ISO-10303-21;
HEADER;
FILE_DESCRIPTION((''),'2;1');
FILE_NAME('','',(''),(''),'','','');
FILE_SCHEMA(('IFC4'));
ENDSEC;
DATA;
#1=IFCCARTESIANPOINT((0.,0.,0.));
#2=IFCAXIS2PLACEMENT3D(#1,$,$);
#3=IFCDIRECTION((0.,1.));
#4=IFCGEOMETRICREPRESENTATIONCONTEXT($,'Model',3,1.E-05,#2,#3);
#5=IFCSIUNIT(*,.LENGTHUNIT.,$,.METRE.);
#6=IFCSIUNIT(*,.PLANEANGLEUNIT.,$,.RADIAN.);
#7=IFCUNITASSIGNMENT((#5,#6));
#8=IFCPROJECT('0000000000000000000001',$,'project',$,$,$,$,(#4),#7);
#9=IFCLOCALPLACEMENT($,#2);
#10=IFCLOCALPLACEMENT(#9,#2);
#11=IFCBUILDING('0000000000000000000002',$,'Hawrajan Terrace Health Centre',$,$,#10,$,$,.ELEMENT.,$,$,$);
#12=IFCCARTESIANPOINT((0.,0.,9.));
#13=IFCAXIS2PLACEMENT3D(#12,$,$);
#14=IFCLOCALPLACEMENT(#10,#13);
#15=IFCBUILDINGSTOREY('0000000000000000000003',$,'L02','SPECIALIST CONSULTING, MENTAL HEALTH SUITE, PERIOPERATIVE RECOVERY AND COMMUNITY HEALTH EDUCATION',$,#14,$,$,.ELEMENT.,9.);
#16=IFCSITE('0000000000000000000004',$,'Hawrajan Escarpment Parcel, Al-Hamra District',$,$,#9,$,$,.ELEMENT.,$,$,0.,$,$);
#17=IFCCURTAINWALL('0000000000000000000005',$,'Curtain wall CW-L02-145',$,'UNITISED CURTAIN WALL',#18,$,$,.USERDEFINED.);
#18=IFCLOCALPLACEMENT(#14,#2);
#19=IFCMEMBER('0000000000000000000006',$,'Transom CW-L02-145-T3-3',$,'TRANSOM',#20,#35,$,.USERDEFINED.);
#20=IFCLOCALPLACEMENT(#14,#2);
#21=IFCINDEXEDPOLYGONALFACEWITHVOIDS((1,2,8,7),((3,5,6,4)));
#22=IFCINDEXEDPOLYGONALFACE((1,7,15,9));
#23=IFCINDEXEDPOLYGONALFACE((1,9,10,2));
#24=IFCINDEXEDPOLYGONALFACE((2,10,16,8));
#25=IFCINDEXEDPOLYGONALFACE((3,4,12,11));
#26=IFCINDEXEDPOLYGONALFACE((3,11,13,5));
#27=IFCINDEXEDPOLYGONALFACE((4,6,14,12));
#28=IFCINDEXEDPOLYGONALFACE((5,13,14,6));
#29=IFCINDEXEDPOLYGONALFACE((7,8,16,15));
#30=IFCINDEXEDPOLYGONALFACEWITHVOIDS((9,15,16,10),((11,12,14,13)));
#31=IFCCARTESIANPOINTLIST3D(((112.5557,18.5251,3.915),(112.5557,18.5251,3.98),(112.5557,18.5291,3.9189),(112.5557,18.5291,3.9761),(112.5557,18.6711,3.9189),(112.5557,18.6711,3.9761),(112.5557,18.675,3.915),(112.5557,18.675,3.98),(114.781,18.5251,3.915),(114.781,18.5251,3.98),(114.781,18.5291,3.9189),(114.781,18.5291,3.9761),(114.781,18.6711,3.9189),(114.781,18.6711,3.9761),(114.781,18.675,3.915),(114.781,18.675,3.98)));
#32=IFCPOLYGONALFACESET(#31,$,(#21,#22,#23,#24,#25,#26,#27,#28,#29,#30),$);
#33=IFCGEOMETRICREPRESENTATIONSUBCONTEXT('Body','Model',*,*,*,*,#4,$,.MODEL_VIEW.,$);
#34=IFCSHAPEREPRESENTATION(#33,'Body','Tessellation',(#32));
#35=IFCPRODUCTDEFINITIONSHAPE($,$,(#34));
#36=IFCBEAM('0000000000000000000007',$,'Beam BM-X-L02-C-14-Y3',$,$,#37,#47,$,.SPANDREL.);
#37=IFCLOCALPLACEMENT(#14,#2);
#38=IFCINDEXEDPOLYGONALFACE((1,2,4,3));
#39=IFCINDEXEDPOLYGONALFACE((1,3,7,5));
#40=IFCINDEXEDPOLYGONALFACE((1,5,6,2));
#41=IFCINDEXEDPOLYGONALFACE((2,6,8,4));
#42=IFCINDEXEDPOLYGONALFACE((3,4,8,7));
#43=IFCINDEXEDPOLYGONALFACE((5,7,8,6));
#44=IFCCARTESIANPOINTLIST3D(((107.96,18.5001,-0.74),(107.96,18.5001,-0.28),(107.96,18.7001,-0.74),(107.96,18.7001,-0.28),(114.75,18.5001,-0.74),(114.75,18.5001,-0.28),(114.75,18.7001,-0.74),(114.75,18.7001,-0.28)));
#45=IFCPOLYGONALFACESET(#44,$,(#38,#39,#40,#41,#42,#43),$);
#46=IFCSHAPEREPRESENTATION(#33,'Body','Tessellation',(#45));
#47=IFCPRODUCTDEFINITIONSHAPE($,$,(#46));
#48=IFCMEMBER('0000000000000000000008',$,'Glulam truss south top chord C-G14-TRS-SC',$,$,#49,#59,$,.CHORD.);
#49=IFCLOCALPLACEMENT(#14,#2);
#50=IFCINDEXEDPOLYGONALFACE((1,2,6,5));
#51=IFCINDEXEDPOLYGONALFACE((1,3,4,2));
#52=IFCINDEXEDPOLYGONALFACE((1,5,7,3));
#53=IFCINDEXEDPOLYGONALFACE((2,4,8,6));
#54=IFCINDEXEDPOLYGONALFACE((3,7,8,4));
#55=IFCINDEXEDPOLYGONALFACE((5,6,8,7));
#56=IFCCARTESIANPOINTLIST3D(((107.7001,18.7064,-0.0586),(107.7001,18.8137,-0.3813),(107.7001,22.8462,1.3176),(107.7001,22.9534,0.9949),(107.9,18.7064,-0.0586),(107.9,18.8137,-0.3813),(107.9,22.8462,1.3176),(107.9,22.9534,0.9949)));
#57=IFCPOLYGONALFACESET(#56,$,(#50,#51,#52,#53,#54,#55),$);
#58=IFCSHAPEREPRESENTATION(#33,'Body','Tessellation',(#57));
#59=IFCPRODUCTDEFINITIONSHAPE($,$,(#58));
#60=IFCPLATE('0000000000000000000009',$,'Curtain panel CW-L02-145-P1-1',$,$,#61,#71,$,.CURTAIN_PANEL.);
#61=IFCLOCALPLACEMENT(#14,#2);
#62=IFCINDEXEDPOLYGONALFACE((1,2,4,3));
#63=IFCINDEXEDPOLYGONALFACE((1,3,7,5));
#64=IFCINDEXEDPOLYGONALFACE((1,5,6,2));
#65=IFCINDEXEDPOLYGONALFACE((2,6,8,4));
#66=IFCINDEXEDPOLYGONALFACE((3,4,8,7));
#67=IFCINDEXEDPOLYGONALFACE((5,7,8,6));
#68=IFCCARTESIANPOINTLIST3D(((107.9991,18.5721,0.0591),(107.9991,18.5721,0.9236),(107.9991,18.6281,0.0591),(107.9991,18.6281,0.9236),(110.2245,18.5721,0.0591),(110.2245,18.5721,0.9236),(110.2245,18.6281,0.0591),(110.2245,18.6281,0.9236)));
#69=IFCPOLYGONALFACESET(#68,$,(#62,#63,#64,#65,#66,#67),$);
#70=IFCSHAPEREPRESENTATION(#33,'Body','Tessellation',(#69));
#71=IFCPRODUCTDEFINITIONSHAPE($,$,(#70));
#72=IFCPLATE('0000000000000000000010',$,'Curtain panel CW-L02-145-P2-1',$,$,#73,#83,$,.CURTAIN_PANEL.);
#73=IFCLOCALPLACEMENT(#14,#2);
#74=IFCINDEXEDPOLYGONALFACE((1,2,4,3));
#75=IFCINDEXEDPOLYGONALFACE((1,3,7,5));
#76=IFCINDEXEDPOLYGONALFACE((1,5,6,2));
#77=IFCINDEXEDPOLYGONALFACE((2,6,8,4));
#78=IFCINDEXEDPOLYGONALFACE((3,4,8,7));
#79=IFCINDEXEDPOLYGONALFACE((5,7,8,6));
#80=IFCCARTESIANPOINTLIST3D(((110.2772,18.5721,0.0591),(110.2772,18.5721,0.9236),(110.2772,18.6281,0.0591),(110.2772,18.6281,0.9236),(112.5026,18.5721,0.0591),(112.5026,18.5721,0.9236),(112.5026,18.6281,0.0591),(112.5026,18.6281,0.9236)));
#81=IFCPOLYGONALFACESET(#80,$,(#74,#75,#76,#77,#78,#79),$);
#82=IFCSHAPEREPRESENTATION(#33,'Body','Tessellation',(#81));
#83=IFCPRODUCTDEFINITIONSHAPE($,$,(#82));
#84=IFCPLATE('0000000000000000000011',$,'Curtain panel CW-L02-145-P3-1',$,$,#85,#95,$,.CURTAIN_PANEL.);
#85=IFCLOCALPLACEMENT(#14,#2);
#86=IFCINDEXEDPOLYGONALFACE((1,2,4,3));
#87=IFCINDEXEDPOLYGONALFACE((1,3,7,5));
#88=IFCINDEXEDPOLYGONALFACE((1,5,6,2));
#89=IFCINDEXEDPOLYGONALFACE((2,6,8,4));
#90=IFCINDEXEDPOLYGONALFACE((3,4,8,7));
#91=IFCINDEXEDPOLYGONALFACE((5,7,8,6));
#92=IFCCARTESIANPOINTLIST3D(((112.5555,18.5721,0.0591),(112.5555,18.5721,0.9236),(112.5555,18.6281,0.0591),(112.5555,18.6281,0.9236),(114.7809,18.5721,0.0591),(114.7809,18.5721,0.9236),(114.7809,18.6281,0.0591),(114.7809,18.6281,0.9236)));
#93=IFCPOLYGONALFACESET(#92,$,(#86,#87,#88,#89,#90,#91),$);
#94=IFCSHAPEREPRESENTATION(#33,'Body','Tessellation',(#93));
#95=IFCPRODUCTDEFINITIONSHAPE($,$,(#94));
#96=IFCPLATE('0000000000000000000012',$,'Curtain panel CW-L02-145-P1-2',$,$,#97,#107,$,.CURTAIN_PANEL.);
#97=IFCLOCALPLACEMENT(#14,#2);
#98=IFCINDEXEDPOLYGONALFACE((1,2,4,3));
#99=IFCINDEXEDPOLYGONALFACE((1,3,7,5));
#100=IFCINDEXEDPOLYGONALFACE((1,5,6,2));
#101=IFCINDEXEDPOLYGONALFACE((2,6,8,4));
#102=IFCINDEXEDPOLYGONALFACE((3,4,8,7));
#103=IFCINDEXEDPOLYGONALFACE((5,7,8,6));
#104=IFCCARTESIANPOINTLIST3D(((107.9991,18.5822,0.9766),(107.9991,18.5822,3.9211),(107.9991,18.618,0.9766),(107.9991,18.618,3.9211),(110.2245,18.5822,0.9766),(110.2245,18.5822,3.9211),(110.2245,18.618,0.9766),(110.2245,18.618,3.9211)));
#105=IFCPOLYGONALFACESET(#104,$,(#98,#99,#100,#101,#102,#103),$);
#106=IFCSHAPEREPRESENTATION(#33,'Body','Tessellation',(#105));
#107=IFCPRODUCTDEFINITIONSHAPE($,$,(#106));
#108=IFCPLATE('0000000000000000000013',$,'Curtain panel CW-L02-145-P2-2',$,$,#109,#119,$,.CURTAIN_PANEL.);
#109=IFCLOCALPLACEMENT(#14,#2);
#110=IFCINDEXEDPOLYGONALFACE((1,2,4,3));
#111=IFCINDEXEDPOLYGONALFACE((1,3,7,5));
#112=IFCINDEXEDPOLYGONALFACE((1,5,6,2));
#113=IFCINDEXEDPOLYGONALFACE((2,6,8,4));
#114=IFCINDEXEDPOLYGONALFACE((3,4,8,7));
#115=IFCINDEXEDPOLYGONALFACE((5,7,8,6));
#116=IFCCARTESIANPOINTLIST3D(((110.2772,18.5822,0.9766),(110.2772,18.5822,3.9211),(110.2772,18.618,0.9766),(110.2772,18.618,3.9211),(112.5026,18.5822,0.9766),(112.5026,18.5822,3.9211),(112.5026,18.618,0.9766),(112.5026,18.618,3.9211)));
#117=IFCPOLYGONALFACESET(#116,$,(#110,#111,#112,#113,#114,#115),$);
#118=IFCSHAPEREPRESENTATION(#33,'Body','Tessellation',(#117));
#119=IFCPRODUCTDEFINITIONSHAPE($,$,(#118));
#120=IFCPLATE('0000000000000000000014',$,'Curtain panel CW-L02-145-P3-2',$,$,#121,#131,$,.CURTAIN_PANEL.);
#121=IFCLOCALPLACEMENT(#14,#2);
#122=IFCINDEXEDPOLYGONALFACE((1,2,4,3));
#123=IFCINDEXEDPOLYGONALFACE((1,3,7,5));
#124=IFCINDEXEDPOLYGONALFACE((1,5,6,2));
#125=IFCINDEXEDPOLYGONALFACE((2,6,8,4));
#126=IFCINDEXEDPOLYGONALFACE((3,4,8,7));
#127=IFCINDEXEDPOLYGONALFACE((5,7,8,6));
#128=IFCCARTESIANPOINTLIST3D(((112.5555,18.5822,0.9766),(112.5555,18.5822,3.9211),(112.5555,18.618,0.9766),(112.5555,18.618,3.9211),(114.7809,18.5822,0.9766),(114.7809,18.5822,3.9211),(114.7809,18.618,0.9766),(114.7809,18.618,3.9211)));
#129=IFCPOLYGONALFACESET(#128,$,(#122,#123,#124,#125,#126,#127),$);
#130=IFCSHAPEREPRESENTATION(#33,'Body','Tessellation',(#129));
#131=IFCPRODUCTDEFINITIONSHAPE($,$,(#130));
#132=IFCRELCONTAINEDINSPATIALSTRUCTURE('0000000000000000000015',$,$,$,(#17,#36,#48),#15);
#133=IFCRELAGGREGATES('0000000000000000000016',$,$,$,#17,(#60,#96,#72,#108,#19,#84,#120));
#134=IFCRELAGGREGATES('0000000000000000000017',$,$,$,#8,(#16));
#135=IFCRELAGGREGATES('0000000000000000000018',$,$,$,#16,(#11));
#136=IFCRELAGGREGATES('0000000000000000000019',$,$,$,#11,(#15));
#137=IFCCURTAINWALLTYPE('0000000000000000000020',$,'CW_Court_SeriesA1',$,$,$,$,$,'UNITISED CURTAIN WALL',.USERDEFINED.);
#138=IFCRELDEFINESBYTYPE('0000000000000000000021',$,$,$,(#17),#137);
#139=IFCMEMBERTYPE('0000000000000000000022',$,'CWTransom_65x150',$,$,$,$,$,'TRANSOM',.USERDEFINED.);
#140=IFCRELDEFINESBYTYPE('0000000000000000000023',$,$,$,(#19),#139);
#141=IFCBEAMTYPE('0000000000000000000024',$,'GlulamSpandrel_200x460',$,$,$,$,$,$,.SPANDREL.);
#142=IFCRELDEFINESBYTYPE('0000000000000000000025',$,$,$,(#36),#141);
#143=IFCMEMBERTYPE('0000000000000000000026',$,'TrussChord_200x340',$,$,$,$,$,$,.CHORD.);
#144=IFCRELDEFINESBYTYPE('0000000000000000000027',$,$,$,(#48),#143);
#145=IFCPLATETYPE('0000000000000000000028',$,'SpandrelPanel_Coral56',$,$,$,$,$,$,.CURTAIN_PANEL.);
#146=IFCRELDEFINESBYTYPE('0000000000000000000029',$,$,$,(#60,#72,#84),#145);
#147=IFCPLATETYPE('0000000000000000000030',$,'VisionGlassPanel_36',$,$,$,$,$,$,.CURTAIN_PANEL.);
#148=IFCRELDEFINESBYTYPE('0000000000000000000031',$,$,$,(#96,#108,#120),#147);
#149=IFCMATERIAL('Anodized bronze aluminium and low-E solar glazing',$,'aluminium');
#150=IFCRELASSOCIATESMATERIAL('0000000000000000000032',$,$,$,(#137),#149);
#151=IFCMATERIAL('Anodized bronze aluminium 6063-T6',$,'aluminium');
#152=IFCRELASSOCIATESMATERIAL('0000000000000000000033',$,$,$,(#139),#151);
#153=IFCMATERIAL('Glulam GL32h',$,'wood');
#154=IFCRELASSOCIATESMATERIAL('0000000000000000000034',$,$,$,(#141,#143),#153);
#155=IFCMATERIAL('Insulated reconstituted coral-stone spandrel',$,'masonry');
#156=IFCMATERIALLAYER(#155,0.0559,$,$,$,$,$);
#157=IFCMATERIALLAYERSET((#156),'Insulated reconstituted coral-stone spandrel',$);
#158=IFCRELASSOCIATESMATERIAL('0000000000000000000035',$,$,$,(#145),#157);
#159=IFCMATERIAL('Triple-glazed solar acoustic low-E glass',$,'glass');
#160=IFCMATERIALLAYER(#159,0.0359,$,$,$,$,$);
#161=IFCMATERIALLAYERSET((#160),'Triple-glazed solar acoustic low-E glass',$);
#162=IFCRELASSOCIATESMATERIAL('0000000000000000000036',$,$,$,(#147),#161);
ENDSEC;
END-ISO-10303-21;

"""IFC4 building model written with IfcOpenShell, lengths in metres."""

from ifc_helpers import new_model, si_unit, direction, frame, origin, origin_2d, place, context, subcontext, project, spatial, rectangle, hollow_rectangle, extrude, material, layer, layer_set, material_profile, profile_set, type_object, element, aggregate, save


model = new_model("IFC4")

# Units and contexts
model_context = context("Model", 3, precision=1e-05, world=origin(), true_north=direction((0.0, 1.0)))
body_context = subcontext(model_context, "Body", "Model", "MODEL_VIEW")
ifc_project = project(units=[si_unit("LENGTHUNIT", "METRE"), si_unit("PLANEANGLEUNIT", "RADIAN")], contexts=[model_context])

# Site, building, storey
site_placement = place(None, origin())
site = spatial("IfcSite", under=ifc_project, at=site_placement, Name="Hawrajan Escarpment Parcel, Al-Hamra District", CompositionType="ELEMENT", RefElevation=0.0)
building_placement = place(site_placement, origin())
building = spatial("IfcBuilding", under=site, at=building_placement, Name="Hawrajan Terrace Health Centre", CompositionType="ELEMENT")
storey_placement = place(building_placement, frame((0.0, 0.0, 9.0)))
storey = spatial("IfcBuildingStorey", under=building, at=storey_placement, Name="L02", Description="SPECIALIST CONSULTING, MENTAL HEALTH SUITE, PERIOPERATIVE RECOVERY AND COMMUNITY HEALTH EDUCATION", CompositionType="ELEMENT", Elevation=9.0)

# Curtain wall, member
ifc_material_1 = material(Name="Anodized bronze aluminium and low-E solar glazing", Category="aluminium")
curtain_wall_type = type_object("IfcCurtainWallType", Name="CW_Court_SeriesA1", ElementType="UNITISED CURTAIN WALL", PredefinedType="USERDEFINED", material=ifc_material_1)
curtain_wall_placement = place(storey_placement, origin())
curtain_wall = element("IfcCurtainWall", 1, at=curtain_wall_placement, inside=storey, type_object=curtain_wall_type, Name="Curtain wall CW-L02-145", ObjectType="UNITISED CURTAIN WALL", PredefinedType="USERDEFINED")
ifc_material_2 = material(Name="Anodized bronze aluminium 6063-T6", Category="aluminium")
ifc_material_profile_1 = material_profile(ifc_material_2, hollow_rectangle(XDim=0.0649, YDim=0.1499, WallThickness=0.0039, at=origin_2d()), Name="CW TRN 65x150")
ifc_profile_set_1 = profile_set([ifc_material_profile_1], Name="Anodized bronze aluminium 6063-T6")
member_type_1 = type_object("IfcMemberType", Name="CWTransom_65x150", ElementType="TRANSOM", PredefinedType="USERDEFINED", material=ifc_profile_set_1)
member_1_placement = place(storey_placement, frame((112.5557, 18.6001, 3.9475), z_axis=(1.0, 0.0, 0.0), x_axis=(0.0, 0.0, 1.0)))
member_1 = element("IfcMember", 2, at=member_1_placement, type_object=member_type_1, Name="Transom CW-L02-145-T3-3", ObjectType="TRANSOM", PredefinedType="USERDEFINED", context=body_context, shape_type="SweptSolid", body=[
    extrude(hollow_rectangle(XDim=0.0649, YDim=0.1499, WallThickness=0.0039, at=origin_2d()), origin(), (0.0, 0.0, 1.0), 2.2253),
])

# Beam
ifc_material_3 = material(Name="Glulam GL32h", Category="wood")
ifc_material_profile_2 = material_profile(ifc_material_3, rectangle(XDim=0.2, YDim=0.46, at=origin_2d()), Name="GL SP 200x460")
ifc_profile_set_2 = profile_set([ifc_material_profile_2], Name="Glulam GL32h")
beam_type = type_object("IfcBeamType", Name="GlulamSpandrel_200x460", PredefinedType="SPANDREL", material=ifc_profile_set_2)
beam_placement = place(storey_placement, frame((107.96, 18.6001, -0.51), z_axis=(1.0, 0.0, 0.0), x_axis=(0.0, 1.0, 0.0)))
element("IfcBeam", 3, at=beam_placement, inside=storey, type_object=beam_type, Name="Beam BM-X-L02-C-14-Y3", PredefinedType="SPANDREL", context=body_context, shape_type="SweptSolid", body=[
    extrude(rectangle(XDim=0.2, YDim=0.46, at=origin_2d()), origin(), (0.0, 0.0, 1.0), 6.79),
])

# Member
ifc_material_profile_3 = material_profile(ifc_material_3, rectangle(XDim=0.2, YDim=0.3401, at=origin_2d()), Name="GL CHD 200x340")
ifc_profile_set_3 = profile_set([ifc_material_profile_3], Name="Glulam GL32h")
member_type_2 = type_object("IfcMemberType", Name="TrussChord_200x340", PredefinedType="CHORD", material=ifc_profile_set_3)
member_2_placement = place(storey_placement, frame((107.8, 18.76, -0.22), z_axis=(0.0, 0.94894, 0.315455), x_axis=(-1.0, 0.0, 0.0)))
element("IfcMember", 4, at=member_2_placement, inside=storey, type_object=member_type_2, Name="Glulam truss south top chord C-G14-TRS-SC", PredefinedType="CHORD", context=body_context, shape_type="SweptSolid", body=[
    extrude(rectangle(XDim=0.2, YDim=0.3401, at=origin_2d()), origin(), (0.0, 0.0, 1.0), 4.3625),
])

# Plates
ifc_material_4 = material(Name="Insulated reconstituted coral-stone spandrel", Category="masonry")
ifc_layer_1 = layer(ifc_material_4, 0.0559)
ifc_layer_set_1 = layer_set([ifc_layer_1], Name="Insulated reconstituted coral-stone spandrel")
plate_type_1 = type_object("IfcPlateType", Name="SpandrelPanel_Coral56", PredefinedType="CURTAIN_PANEL", material=ifc_layer_set_1)
plate_1_placement = place(storey_placement, frame((109.1118, 18.6001, 0.0591), z_axis=(0.0, 0.0, 1.0), x_axis=(1.0, 0.0, 0.0)))
plate_1 = element("IfcPlate", 5, at=plate_1_placement, type_object=plate_type_1, Name="Curtain panel CW-L02-145-P1-1", PredefinedType="CURTAIN_PANEL", context=body_context, shape_type="SweptSolid", body=[
    extrude(rectangle(XDim=2.2253, YDim=0.0559, at=origin_2d()), origin(), (0.0, 0.0, 1.0), 0.8645),
])
plate_2_placement = place(storey_placement, frame((111.3899, 18.6001, 0.0591), z_axis=(0.0, 0.0, 1.0), x_axis=(1.0, 0.0, 0.0)))
plate_2 = element("IfcPlate", 6, at=plate_2_placement, type_object=plate_type_1, Name="Curtain panel CW-L02-145-P2-1", PredefinedType="CURTAIN_PANEL", context=body_context, shape_type="SweptSolid", body=[
    extrude(rectangle(XDim=2.2253, YDim=0.0559, at=origin_2d()), origin(), (0.0, 0.0, 1.0), 0.8645),
])
plate_3_placement = place(storey_placement, frame((113.6682, 18.6001, 0.0591), z_axis=(0.0, 0.0, 1.0), x_axis=(1.0, 0.0, 0.0)))
plate_3 = element("IfcPlate", 7, at=plate_3_placement, type_object=plate_type_1, Name="Curtain panel CW-L02-145-P3-1", PredefinedType="CURTAIN_PANEL", context=body_context, shape_type="SweptSolid", body=[
    extrude(rectangle(XDim=2.2253, YDim=0.0559, at=origin_2d()), origin(), (0.0, 0.0, 1.0), 0.8645),
])
ifc_material_5 = material(Name="Triple-glazed solar acoustic low-E glass", Category="glass")
ifc_layer_2 = layer(ifc_material_5, 0.0359)
ifc_layer_set_2 = layer_set([ifc_layer_2], Name="Triple-glazed solar acoustic low-E glass")
plate_type_2 = type_object("IfcPlateType", Name="VisionGlassPanel_36", PredefinedType="CURTAIN_PANEL", material=ifc_layer_set_2)
plate_4_placement = place(storey_placement, frame((109.1118, 18.6001, 0.9766), z_axis=(0.0, 0.0, 1.0), x_axis=(1.0, 0.0, 0.0)))
plate_4 = element("IfcPlate", 8, at=plate_4_placement, type_object=plate_type_2, Name="Curtain panel CW-L02-145-P1-2", PredefinedType="CURTAIN_PANEL", context=body_context, shape_type="SweptSolid", body=[
    extrude(rectangle(XDim=2.2253, YDim=0.0359, at=origin_2d()), origin(), (0.0, 0.0, 1.0), 2.9446),
])
plate_5_placement = place(storey_placement, frame((111.3899, 18.6001, 0.9766), z_axis=(0.0, 0.0, 1.0), x_axis=(1.0, 0.0, 0.0)))
plate_5 = element("IfcPlate", 9, at=plate_5_placement, type_object=plate_type_2, Name="Curtain panel CW-L02-145-P2-2", PredefinedType="CURTAIN_PANEL", context=body_context, shape_type="SweptSolid", body=[
    extrude(rectangle(XDim=2.2253, YDim=0.0359, at=origin_2d()), origin(), (0.0, 0.0, 1.0), 2.9446),
])
plate_6_placement = place(storey_placement, frame((113.6682, 18.6001, 0.9766), z_axis=(0.0, 0.0, 1.0), x_axis=(1.0, 0.0, 0.0)))
plate_6 = element("IfcPlate", 10, at=plate_6_placement, type_object=plate_type_2, Name="Curtain panel CW-L02-145-P3-2", PredefinedType="CURTAIN_PANEL", context=body_context, shape_type="SweptSolid", body=[
    extrude(rectangle(XDim=2.2253, YDim=0.0359, at=origin_2d()), origin(), (0.0, 0.0, 1.0), 2.9446),
])
aggregate(curtain_wall, [plate_1, plate_4, plate_2, plate_5, member_1, plate_3, plate_6])

save(model, "model.ifc")
